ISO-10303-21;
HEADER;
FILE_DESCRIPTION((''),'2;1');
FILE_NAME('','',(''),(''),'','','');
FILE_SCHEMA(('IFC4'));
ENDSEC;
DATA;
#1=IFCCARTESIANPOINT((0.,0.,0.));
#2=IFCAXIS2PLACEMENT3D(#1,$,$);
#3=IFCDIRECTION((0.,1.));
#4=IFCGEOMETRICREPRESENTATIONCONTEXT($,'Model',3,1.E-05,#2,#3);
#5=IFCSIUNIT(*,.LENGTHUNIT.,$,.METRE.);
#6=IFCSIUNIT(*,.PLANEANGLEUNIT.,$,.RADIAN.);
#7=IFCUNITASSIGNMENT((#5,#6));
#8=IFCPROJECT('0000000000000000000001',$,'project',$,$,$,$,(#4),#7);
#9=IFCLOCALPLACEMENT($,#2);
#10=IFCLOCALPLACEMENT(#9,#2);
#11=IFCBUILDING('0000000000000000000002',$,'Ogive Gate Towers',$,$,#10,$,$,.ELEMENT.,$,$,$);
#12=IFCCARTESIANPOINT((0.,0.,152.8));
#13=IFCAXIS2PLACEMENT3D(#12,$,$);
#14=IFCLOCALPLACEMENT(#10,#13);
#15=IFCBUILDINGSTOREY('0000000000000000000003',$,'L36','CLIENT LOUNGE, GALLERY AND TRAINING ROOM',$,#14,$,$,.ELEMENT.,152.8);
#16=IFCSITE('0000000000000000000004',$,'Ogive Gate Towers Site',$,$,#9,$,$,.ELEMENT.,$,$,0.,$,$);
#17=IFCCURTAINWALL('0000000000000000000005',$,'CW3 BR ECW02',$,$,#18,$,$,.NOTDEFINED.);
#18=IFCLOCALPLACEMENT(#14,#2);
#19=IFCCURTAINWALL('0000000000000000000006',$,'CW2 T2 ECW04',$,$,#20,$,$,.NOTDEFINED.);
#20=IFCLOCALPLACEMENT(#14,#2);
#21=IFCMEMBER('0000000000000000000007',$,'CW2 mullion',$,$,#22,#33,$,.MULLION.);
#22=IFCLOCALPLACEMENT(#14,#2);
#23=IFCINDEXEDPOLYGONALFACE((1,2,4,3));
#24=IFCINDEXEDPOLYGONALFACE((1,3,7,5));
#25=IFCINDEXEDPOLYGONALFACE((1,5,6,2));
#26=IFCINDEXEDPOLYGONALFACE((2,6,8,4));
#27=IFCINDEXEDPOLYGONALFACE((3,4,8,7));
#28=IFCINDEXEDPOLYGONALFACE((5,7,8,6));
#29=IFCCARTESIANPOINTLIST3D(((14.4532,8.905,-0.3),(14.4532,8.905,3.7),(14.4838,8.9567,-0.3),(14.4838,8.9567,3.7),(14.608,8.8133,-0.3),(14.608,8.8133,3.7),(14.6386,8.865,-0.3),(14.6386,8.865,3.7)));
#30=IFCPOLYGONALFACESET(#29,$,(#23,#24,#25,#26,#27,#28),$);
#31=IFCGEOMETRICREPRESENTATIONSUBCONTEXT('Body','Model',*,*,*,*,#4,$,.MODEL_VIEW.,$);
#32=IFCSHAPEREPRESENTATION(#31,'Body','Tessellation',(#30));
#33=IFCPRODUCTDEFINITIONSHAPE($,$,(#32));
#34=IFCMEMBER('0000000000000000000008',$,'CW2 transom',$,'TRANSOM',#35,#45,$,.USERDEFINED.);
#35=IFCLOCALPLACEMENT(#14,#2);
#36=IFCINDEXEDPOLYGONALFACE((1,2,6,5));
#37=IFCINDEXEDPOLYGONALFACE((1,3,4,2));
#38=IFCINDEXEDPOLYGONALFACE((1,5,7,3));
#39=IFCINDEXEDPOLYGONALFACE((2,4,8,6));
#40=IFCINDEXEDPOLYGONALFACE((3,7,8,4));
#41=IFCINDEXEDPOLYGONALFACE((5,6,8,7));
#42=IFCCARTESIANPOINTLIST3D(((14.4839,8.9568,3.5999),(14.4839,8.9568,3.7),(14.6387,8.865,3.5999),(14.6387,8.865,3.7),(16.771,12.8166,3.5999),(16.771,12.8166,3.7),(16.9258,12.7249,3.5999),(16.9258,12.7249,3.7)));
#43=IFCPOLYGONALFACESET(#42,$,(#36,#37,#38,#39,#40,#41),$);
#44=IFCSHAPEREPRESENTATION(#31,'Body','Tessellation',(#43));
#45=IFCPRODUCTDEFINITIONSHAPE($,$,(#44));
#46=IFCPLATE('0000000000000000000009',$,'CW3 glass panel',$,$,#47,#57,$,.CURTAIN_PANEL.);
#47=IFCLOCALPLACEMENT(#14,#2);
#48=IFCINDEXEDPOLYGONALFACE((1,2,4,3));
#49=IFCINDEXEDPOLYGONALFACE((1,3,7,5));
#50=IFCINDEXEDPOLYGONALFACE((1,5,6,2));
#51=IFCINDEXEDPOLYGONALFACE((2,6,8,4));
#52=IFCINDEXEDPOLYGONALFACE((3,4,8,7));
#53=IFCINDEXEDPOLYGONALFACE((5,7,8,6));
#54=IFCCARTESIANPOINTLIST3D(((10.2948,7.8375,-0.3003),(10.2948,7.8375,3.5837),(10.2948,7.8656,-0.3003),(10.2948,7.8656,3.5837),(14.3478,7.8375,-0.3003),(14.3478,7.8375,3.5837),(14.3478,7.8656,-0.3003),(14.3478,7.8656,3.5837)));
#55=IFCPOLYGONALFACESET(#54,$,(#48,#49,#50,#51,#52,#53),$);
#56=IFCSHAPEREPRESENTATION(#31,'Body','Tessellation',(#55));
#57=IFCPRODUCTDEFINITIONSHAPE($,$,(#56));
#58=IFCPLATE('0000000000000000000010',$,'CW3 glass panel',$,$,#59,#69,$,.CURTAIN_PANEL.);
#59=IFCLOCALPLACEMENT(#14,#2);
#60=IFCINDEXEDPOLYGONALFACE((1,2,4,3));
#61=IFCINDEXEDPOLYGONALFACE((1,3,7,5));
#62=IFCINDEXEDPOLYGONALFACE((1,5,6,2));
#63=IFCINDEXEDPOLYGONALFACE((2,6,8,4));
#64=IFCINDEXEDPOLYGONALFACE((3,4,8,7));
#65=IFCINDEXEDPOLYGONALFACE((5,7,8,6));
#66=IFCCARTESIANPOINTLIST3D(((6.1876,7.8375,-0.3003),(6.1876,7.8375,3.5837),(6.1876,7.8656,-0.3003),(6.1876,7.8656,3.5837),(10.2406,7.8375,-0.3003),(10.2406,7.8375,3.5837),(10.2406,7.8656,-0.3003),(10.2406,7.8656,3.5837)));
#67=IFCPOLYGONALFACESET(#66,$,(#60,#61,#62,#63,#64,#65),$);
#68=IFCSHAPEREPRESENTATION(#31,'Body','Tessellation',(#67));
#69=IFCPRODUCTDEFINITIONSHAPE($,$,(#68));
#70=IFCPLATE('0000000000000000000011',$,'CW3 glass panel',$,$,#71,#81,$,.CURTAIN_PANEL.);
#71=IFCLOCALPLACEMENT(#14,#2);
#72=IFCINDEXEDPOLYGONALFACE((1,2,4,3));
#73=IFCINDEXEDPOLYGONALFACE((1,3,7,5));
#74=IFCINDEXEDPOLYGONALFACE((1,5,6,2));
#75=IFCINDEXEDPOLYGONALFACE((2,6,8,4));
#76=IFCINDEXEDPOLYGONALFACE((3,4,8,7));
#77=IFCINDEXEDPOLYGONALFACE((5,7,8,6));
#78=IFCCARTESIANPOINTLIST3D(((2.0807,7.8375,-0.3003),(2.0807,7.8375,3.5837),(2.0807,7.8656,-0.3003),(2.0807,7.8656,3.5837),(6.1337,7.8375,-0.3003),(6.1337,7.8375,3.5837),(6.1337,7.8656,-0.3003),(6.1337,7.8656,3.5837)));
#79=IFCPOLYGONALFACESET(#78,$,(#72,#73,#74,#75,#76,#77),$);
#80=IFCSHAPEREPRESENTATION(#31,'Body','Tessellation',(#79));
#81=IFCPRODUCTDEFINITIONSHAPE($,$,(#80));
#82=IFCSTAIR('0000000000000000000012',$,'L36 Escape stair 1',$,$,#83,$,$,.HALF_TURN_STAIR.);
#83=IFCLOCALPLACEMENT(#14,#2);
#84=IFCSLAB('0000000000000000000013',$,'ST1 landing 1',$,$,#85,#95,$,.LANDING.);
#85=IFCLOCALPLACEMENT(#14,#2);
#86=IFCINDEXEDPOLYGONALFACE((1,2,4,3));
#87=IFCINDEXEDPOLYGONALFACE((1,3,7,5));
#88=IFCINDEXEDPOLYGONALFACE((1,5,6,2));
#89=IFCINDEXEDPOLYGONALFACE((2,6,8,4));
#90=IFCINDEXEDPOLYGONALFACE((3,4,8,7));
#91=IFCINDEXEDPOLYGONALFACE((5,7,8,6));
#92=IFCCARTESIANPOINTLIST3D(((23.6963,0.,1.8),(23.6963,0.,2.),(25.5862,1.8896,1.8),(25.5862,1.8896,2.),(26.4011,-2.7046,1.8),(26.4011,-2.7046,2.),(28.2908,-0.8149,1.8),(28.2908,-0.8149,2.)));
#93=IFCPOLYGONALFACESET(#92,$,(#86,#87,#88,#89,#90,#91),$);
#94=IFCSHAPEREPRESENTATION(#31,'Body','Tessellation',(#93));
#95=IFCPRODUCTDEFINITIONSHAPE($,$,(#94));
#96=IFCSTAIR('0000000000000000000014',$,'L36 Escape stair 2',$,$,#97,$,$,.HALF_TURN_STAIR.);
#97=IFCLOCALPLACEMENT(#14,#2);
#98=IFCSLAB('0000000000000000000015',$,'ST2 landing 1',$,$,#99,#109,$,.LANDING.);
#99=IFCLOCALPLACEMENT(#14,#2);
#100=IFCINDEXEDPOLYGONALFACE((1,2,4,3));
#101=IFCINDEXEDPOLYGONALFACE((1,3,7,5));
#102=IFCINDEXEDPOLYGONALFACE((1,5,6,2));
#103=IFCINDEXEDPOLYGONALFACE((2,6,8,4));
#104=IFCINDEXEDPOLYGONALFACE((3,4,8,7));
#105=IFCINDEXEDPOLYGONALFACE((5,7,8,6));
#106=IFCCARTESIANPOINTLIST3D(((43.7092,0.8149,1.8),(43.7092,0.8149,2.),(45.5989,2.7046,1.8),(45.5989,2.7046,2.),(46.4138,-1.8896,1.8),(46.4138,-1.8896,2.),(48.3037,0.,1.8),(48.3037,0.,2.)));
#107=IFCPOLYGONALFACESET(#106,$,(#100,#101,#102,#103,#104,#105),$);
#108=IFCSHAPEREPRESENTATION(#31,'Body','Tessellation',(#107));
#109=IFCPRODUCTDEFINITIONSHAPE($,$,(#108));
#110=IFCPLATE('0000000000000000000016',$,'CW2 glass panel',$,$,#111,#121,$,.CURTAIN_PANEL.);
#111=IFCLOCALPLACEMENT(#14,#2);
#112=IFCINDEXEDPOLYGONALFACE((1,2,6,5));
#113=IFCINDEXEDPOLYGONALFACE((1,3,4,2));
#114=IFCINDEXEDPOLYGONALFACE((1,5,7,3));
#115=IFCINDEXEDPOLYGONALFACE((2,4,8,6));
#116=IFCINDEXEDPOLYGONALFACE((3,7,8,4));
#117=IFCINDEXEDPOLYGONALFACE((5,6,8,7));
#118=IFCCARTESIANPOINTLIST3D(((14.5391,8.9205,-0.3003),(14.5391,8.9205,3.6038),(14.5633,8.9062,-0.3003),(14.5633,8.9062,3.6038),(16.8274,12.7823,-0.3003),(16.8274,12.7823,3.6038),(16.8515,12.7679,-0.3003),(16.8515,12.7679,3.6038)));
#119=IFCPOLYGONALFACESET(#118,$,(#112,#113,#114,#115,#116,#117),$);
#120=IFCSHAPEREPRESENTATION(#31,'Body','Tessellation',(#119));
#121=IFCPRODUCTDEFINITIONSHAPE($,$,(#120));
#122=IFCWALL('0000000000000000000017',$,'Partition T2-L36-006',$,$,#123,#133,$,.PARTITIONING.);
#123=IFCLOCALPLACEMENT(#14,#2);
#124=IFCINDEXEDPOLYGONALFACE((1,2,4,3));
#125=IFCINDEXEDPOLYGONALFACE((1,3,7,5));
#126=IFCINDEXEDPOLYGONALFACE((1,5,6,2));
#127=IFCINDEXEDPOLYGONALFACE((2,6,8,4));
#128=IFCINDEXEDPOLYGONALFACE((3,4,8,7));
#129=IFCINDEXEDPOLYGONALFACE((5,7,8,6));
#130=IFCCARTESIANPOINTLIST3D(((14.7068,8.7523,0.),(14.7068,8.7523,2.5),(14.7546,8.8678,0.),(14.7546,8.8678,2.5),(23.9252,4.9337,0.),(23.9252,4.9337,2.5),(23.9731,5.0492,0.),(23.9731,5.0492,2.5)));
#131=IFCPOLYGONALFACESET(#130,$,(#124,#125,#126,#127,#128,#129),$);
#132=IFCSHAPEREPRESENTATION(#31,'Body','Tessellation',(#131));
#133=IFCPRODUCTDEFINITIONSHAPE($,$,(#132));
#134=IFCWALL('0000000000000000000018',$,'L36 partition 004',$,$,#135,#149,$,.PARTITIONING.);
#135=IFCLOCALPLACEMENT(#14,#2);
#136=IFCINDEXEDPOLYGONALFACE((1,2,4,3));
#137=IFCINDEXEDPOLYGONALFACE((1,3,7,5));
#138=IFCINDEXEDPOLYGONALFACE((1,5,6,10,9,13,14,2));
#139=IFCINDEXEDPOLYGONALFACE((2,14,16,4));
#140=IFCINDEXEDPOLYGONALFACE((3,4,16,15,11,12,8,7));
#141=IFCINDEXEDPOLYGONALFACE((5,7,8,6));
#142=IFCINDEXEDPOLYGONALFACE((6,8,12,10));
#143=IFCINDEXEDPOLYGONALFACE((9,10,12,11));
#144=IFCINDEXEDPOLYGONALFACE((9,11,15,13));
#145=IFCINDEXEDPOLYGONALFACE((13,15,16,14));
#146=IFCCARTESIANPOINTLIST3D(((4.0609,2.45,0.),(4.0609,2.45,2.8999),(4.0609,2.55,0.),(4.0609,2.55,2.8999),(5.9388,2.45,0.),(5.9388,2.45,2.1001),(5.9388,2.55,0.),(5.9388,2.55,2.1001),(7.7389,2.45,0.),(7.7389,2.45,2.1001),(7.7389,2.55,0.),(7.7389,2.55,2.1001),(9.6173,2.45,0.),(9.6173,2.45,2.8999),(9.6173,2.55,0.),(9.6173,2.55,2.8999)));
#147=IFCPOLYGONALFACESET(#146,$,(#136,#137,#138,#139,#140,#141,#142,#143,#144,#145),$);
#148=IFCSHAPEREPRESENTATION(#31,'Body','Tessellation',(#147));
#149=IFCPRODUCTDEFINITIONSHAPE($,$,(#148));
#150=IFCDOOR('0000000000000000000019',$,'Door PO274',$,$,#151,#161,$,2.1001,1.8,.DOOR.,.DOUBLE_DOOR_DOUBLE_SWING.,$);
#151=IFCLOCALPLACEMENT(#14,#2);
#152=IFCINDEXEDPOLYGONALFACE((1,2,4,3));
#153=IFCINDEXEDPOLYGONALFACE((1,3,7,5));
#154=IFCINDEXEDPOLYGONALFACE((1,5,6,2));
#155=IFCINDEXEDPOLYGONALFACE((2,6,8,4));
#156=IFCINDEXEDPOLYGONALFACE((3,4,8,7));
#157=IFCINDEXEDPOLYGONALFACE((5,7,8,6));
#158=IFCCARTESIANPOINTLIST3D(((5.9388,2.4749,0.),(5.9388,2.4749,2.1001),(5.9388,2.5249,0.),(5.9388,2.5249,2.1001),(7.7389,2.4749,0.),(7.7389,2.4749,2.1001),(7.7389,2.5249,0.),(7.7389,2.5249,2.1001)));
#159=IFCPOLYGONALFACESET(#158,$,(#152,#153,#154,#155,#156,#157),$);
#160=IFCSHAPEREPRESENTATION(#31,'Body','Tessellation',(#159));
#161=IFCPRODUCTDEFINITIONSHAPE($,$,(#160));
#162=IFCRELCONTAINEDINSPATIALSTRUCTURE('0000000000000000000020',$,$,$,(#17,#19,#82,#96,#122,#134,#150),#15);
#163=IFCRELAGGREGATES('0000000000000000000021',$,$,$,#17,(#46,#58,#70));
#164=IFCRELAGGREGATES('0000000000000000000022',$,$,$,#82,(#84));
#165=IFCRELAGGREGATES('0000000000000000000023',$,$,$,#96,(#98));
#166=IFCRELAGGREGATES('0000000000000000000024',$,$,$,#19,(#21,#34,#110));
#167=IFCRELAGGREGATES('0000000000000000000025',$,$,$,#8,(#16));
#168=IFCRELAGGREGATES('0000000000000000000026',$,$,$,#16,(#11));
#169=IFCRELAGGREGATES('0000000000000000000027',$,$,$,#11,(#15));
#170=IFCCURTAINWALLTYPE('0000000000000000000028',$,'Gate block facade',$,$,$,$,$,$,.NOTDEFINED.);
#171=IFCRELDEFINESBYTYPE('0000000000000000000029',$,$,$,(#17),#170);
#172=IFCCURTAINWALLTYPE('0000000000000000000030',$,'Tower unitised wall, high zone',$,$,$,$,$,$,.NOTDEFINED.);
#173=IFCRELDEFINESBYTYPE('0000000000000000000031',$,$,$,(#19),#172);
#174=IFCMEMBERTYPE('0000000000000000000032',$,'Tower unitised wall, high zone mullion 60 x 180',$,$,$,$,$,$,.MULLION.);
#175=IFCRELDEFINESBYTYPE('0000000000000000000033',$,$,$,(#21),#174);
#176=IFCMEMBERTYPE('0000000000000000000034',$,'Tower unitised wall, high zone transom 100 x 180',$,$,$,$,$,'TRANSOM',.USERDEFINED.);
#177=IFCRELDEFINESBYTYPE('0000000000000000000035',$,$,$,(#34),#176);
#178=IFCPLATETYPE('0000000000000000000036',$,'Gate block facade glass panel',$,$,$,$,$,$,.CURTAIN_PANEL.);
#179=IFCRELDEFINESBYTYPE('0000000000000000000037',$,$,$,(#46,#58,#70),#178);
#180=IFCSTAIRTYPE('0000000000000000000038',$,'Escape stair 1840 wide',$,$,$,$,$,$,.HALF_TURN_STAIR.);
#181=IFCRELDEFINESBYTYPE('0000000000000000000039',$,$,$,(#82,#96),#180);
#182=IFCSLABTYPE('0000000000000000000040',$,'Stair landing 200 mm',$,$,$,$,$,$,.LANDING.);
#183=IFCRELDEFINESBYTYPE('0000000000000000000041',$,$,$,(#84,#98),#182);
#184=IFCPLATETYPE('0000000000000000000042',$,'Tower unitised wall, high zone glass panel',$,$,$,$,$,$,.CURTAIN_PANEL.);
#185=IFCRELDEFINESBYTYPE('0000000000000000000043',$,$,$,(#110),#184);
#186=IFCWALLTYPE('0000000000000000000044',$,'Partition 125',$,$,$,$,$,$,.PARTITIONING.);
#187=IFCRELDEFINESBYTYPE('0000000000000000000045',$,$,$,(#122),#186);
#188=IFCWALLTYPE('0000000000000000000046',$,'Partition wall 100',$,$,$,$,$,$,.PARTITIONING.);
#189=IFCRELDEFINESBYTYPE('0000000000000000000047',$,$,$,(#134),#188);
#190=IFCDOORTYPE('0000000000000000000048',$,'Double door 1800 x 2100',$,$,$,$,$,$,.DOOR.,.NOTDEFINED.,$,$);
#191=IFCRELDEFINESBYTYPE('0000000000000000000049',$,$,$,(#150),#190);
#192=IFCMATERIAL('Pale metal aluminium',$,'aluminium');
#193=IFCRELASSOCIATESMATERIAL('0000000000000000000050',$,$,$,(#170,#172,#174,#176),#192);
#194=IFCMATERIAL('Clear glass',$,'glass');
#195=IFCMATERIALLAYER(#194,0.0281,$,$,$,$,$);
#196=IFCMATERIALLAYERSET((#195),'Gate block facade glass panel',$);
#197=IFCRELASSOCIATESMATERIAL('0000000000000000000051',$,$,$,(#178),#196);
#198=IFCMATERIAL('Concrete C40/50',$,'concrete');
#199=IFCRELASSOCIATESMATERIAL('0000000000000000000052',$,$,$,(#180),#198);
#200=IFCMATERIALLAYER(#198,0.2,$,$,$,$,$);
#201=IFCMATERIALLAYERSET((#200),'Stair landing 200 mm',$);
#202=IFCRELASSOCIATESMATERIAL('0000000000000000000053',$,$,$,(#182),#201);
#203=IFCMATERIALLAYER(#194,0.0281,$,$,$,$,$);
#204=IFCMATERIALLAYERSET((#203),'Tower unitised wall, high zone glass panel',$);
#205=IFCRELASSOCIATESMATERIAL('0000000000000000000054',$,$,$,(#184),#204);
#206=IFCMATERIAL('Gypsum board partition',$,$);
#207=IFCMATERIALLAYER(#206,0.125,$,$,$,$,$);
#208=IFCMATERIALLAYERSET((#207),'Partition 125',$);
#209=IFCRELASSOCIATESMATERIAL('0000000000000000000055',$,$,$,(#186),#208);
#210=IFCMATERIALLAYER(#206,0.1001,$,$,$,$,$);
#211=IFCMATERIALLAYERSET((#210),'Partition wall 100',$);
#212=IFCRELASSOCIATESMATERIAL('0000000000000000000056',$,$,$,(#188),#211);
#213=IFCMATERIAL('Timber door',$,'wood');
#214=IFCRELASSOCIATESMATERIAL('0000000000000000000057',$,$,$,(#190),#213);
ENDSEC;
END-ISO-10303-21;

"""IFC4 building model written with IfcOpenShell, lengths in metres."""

from ifc_helpers import new_model, si_unit, direction, frame, frame_2d, origin, origin_2d, place, context, subcontext, project, spatial, polyline, rectangle, outline, extrude, material, layer, layer_set, material_profile, profile_set, type_object, element, fill, aggregate, save


model = new_model("IFC4")

# Units and contexts
model_context = context("Model", 3, precision=1e-05, world=origin(), true_north=direction((0.0, 1.0)))
body_context = subcontext(model_context, "Body", "Model", "MODEL_VIEW")
ifc_project = project(units=[si_unit("LENGTHUNIT", "METRE"), si_unit("PLANEANGLEUNIT", "RADIAN")], contexts=[model_context])

# Site, building, storey
site_placement = place(None, origin())
site = spatial("IfcSite", under=ifc_project, at=site_placement, Name="Ogive Gate Towers Site", CompositionType="ELEMENT", RefElevation=0.0)
building_placement = place(site_placement, origin())
building = spatial("IfcBuilding", under=site, at=building_placement, Name="Ogive Gate Towers", CompositionType="ELEMENT")
storey_placement = place(building_placement, frame((0.0, 0.0, 152.8)))
storey = spatial("IfcBuildingStorey", under=building, at=storey_placement, Name="L36", Description="CLIENT LOUNGE, GALLERY AND TRAINING ROOM", CompositionType="ELEMENT", Elevation=152.8)

# Curtain walls, members
ifc_material_1 = material(Name="Pale metal aluminium", Category="aluminium")
curtain_wall_type_1 = type_object("IfcCurtainWallType", Name="Gate block facade", PredefinedType="NOTDEFINED", material=ifc_material_1)
curtain_wall_1_placement = place(storey_placement, origin())
curtain_wall_1 = element("IfcCurtainWall", 1, at=curtain_wall_1_placement, inside=storey, type_object=curtain_wall_type_1, Name="CW3 BR ECW02", PredefinedType="NOTDEFINED")
curtain_wall_type_2 = type_object("IfcCurtainWallType", Name="Tower unitised wall, high zone", PredefinedType="NOTDEFINED", material=ifc_material_1)
curtain_wall_2_placement = place(storey_placement, origin())
curtain_wall_2 = element("IfcCurtainWall", 2, at=curtain_wall_2_placement, inside=storey, type_object=curtain_wall_type_2, Name="CW2 T2 ECW04", PredefinedType="NOTDEFINED")
ifc_material_profile_1 = material_profile(ifc_material_1, rectangle(XDim=0.1799, YDim=0.0601, at=origin_2d()), Name="60 x 180 aluminium box")
ifc_profile_set_1 = profile_set([ifc_material_profile_1], Name="Pale metal aluminium")
member_type_1 = type_object("IfcMemberType", Name="Tower unitised wall, high zone mullion 60 x 180", PredefinedType="MULLION", material=ifc_profile_set_1)
member_1_placement = place(storey_placement, frame((14.5459, 8.885, -0.3), z_axis=(0.0, 0.0, 1.0), x_axis=(-0.860306, 0.509777, 0.0)))
member_1 = element("IfcMember", 3, at=member_1_placement, type_object=member_type_1, Name="CW2 mullion", PredefinedType="MULLION", context=body_context, shape_type="SweptSolid", body=[
    extrude(rectangle(XDim=0.1799, YDim=0.0601, at=origin_2d()), origin(), (0.0, 0.0, 1.0), 4.0),
])
ifc_material_profile_2 = material_profile(ifc_material_1, rectangle(XDim=0.1799, YDim=0.1001, at=origin_2d()), Name="100 x 180 aluminium box")
ifc_profile_set_2 = profile_set([ifc_material_profile_2], Name="Pale metal aluminium")
member_type_2 = type_object("IfcMemberType", Name="Tower unitised wall, high zone transom 100 x 180", ElementType="TRANSOM", PredefinedType="USERDEFINED", material=ifc_profile_set_2)
member_2_placement = place(storey_placement, frame((16.8484, 12.7708, 3.6499), z_axis=(-0.509767, -0.860313, 0.0), x_axis=(0.860313, -0.509767, 0.0)))
member_2 = element("IfcMember", 4, at=member_2_placement, type_object=member_type_2, Name="CW2 transom", ObjectType="TRANSOM", PredefinedType="USERDEFINED", context=body_context, shape_type="SweptSolid", body=[
    extrude(rectangle(XDim=0.1799, YDim=0.1001, at=origin_2d()), origin(), (0.0, 0.0, 1.0), 4.4866),
])

# Plates
ifc_material_2 = material(Name="Clear glass", Category="glass")
ifc_layer_1 = layer(ifc_material_2, 0.0281)
ifc_layer_set_1 = layer_set([ifc_layer_1], Name="Gate block facade glass panel")
plate_type_1 = type_object("IfcPlateType", Name="Gate block facade glass panel", PredefinedType="CURTAIN_PANEL", material=ifc_layer_set_1)
plate_1_placement = place(storey_placement, frame((12.3213, 7.8516, -0.3003), z_axis=(0.0, 0.0, 1.0), x_axis=(-1.0, 0.0, 0.0)))
plate_1 = element("IfcPlate", 5, at=plate_1_placement, type_object=plate_type_1, Name="CW3 glass panel", PredefinedType="CURTAIN_PANEL", context=body_context, shape_type="SweptSolid", body=[
    extrude(rectangle(XDim=4.053, YDim=0.0281, at=origin_2d()), origin(), (0.0, 0.0, 1.0), 3.884),
])
plate_2_placement = place(storey_placement, frame((8.2141, 7.8516, -0.3003), z_axis=(0.0, 0.0, 1.0), x_axis=(-1.0, 0.0, 0.0)))
plate_2 = element("IfcPlate", 6, at=plate_2_placement, type_object=plate_type_1, Name="CW3 glass panel", PredefinedType="CURTAIN_PANEL", context=body_context, shape_type="SweptSolid", body=[
    extrude(rectangle(XDim=4.053, YDim=0.0281, at=origin_2d()), origin(), (0.0, 0.0, 1.0), 3.884),
])
plate_3_placement = place(storey_placement, frame((4.1072, 7.8516, -0.3003), z_axis=(0.0, 0.0, 1.0), x_axis=(-1.0, 0.0, 0.0)))
plate_3 = element("IfcPlate", 7, at=plate_3_placement, type_object=plate_type_1, Name="CW3 glass panel", PredefinedType="CURTAIN_PANEL", context=body_context, shape_type="SweptSolid", body=[
    extrude(rectangle(XDim=4.053, YDim=0.0281, at=origin_2d()), origin(), (0.0, 0.0, 1.0), 3.884),
])
aggregate(curtain_wall_1, [plate_1, plate_2, plate_3])

# Stairs, slabs
ifc_material_3 = material(Name="Concrete C40/50", Category="concrete")
stair_type = type_object("IfcStairType", Name="Escape stair 1840 wide", PredefinedType="HALF_TURN_STAIR", material=ifc_material_3)
stair_1_placement = place(storey_placement, origin())
stair_1 = element("IfcStair", 8, at=stair_1_placement, inside=storey, type_object=stair_type, Name="L36 Escape stair 1", PredefinedType="HALF_TURN_STAIR")
ifc_layer_2 = layer(ifc_material_3, 0.2)
ifc_layer_set_2 = layer_set([ifc_layer_2], Name="Stair landing 200 mm")
slab_type = type_object("IfcSlabType", Name="Stair landing 200 mm", PredefinedType="LANDING", material=ifc_layer_set_2)
slab_1_placement = place(storey_placement, frame((0.0, 0.0, 1.8)))
slab_1 = element("IfcSlab", 9, at=slab_1_placement, type_object=slab_type, Name="ST1 landing 1", PredefinedType="LANDING", context=body_context, shape_type="SweptSolid", body=[
    extrude(outline(polyline([(25.5862, 1.8896), (23.6963, 0.0), (26.4011, -2.7046), (28.2908, -0.8149), (25.5862, 1.8896)])), origin(), (0.0, 0.0, 1.0), 0.2),
])
aggregate(stair_1, [slab_1])
stair_2_placement = place(storey_placement, origin())
stair_2 = element("IfcStair", 10, at=stair_2_placement, inside=storey, type_object=stair_type, Name="L36 Escape stair 2", PredefinedType="HALF_TURN_STAIR")
slab_2_placement = place(storey_placement, frame((0.0, 0.0, 1.8)))
slab_2 = element("IfcSlab", 11, at=slab_2_placement, type_object=slab_type, Name="ST2 landing 1", PredefinedType="LANDING", context=body_context, shape_type="SweptSolid", body=[
    extrude(outline(polyline([(46.4138, -1.8896), (48.3037, 0.0), (45.5989, 2.7046), (43.7092, 0.8149), (46.4138, -1.8896)])), origin(), (0.0, 0.0, 1.0), 0.2),
])
aggregate(stair_2, [slab_2])

# Plate
ifc_layer_3 = layer(ifc_material_2, 0.0281)
ifc_layer_set_3 = layer_set([ifc_layer_3], Name="Tower unitised wall, high zone glass panel")
plate_type_2 = type_object("IfcPlateType", Name="Tower unitised wall, high zone glass panel", PredefinedType="CURTAIN_PANEL", material=ifc_layer_set_3)
plate_4_placement = place(storey_placement, frame((15.6953, 10.8442, -0.3003), z_axis=(0.0, 0.0, 1.0), x_axis=(-0.509777, -0.860306, 0.0)))
plate_4 = element("IfcPlate", 12, at=plate_4_placement, type_object=plate_type_2, Name="CW2 glass panel", PredefinedType="CURTAIN_PANEL", context=body_context, shape_type="SweptSolid", body=[
    extrude(rectangle(XDim=4.4888, YDim=0.0281, at=origin_2d()), origin(), (0.0, 0.0, 1.0), 3.9041),
])
aggregate(curtain_wall_2, [member_1, member_2, plate_4])

# Wall
ifc_material_4 = material(Name="Gypsum board partition")
ifc_layer_4 = layer(ifc_material_4, 0.125)
ifc_layer_set_4 = layer_set([ifc_layer_4], Name="Partition 125")
wall_type_1 = type_object("IfcWallType", Name="Partition 125", PredefinedType="PARTITIONING", material=ifc_layer_set_4)
wall_1_placement = place(storey_placement, frame((14.7307, 8.8101, 0.0), z_axis=(0.0, 0.0, 1.0), x_axis=(0.923873, -0.382698, 0.0)))
element("IfcWall", 13, at=wall_1_placement, inside=storey, type_object=wall_type_1, Name="Partition T2-L36-006", PredefinedType="PARTITIONING", context=body_context, shape_type="SweptSolid", body=[
    extrude(rectangle(XDim=9.978, YDim=0.125, at=frame_2d((4.989, 0.0))), origin(), (0.0, 0.0, 1.0), 2.5),
])

# Wall, opening, door
ifc_layer_5 = layer(ifc_material_4, 0.1001)
ifc_layer_set_5 = layer_set([ifc_layer_5], Name="Partition wall 100")
wall_type_2 = type_object("IfcWallType", Name="Partition wall 100", PredefinedType="PARTITIONING", material=ifc_layer_set_5)
wall_2_placement = place(storey_placement, frame((4.0608, 2.5, 0.0), z_axis=(0.0, 0.0, 1.0), x_axis=(1.0, 0.0, 0.0)))
wall_2 = element("IfcWall", 14, at=wall_2_placement, inside=storey, type_object=wall_type_2, Name="L36 partition 004", PredefinedType="PARTITIONING", context=body_context, shape_type="SweptSolid", body=[
    extrude(rectangle(XDim=5.5564, YDim=0.1001, at=frame_2d((2.7783, 0.0))), origin(), (0.0, 0.0, 1.0), 2.8999),
])
opening_1_placement = place(wall_2_placement, frame((1.8782, 0.0, 0.0)))
opening_1 = element("IfcOpeningElement", 15, at=opening_1_placement, cuts=wall_2, PredefinedType="OPENING", context=body_context, shape_type="SweptSolid", body=[
    extrude(rectangle(XDim=1.8, YDim=2.1001, at=frame_2d((0.8999, 1.05))), frame((0.0, 0.0601, 0.0), z_axis=(0.0, -1.0, 0.0), x_axis=(1.0, 0.0, 0.0)), (0.0, 0.0, 1.0), 0.1201),
])
ifc_material_5 = material(Name="Timber door", Category="wood")
door_type = type_object("IfcDoorType", Name="Double door 1800 x 2100", OperationType="NOTDEFINED", PredefinedType="DOOR", material=ifc_material_5)
door_1_placement = place(opening_1_placement, origin())
door_1 = element("IfcDoor", 16, at=door_1_placement, inside=storey, type_object=door_type, Name="Door PO274", OperationType="DOUBLE_DOOR_DOUBLE_SWING", OverallHeight=2.1001, OverallWidth=1.8, PredefinedType="DOOR", context=body_context, shape_type="SweptSolid", body=[
    extrude(rectangle(XDim=1.8, YDim=2.1001, at=frame_2d((0.8999, 1.05))), frame((0.0, 0.0249, 0.0), z_axis=(0.0, -1.0, 0.0), x_axis=(1.0, 0.0, 0.0)), (0.0, 0.0, 1.0), 0.05),
])
fill(opening_1, door_1)

save(model, "model.ifc")
